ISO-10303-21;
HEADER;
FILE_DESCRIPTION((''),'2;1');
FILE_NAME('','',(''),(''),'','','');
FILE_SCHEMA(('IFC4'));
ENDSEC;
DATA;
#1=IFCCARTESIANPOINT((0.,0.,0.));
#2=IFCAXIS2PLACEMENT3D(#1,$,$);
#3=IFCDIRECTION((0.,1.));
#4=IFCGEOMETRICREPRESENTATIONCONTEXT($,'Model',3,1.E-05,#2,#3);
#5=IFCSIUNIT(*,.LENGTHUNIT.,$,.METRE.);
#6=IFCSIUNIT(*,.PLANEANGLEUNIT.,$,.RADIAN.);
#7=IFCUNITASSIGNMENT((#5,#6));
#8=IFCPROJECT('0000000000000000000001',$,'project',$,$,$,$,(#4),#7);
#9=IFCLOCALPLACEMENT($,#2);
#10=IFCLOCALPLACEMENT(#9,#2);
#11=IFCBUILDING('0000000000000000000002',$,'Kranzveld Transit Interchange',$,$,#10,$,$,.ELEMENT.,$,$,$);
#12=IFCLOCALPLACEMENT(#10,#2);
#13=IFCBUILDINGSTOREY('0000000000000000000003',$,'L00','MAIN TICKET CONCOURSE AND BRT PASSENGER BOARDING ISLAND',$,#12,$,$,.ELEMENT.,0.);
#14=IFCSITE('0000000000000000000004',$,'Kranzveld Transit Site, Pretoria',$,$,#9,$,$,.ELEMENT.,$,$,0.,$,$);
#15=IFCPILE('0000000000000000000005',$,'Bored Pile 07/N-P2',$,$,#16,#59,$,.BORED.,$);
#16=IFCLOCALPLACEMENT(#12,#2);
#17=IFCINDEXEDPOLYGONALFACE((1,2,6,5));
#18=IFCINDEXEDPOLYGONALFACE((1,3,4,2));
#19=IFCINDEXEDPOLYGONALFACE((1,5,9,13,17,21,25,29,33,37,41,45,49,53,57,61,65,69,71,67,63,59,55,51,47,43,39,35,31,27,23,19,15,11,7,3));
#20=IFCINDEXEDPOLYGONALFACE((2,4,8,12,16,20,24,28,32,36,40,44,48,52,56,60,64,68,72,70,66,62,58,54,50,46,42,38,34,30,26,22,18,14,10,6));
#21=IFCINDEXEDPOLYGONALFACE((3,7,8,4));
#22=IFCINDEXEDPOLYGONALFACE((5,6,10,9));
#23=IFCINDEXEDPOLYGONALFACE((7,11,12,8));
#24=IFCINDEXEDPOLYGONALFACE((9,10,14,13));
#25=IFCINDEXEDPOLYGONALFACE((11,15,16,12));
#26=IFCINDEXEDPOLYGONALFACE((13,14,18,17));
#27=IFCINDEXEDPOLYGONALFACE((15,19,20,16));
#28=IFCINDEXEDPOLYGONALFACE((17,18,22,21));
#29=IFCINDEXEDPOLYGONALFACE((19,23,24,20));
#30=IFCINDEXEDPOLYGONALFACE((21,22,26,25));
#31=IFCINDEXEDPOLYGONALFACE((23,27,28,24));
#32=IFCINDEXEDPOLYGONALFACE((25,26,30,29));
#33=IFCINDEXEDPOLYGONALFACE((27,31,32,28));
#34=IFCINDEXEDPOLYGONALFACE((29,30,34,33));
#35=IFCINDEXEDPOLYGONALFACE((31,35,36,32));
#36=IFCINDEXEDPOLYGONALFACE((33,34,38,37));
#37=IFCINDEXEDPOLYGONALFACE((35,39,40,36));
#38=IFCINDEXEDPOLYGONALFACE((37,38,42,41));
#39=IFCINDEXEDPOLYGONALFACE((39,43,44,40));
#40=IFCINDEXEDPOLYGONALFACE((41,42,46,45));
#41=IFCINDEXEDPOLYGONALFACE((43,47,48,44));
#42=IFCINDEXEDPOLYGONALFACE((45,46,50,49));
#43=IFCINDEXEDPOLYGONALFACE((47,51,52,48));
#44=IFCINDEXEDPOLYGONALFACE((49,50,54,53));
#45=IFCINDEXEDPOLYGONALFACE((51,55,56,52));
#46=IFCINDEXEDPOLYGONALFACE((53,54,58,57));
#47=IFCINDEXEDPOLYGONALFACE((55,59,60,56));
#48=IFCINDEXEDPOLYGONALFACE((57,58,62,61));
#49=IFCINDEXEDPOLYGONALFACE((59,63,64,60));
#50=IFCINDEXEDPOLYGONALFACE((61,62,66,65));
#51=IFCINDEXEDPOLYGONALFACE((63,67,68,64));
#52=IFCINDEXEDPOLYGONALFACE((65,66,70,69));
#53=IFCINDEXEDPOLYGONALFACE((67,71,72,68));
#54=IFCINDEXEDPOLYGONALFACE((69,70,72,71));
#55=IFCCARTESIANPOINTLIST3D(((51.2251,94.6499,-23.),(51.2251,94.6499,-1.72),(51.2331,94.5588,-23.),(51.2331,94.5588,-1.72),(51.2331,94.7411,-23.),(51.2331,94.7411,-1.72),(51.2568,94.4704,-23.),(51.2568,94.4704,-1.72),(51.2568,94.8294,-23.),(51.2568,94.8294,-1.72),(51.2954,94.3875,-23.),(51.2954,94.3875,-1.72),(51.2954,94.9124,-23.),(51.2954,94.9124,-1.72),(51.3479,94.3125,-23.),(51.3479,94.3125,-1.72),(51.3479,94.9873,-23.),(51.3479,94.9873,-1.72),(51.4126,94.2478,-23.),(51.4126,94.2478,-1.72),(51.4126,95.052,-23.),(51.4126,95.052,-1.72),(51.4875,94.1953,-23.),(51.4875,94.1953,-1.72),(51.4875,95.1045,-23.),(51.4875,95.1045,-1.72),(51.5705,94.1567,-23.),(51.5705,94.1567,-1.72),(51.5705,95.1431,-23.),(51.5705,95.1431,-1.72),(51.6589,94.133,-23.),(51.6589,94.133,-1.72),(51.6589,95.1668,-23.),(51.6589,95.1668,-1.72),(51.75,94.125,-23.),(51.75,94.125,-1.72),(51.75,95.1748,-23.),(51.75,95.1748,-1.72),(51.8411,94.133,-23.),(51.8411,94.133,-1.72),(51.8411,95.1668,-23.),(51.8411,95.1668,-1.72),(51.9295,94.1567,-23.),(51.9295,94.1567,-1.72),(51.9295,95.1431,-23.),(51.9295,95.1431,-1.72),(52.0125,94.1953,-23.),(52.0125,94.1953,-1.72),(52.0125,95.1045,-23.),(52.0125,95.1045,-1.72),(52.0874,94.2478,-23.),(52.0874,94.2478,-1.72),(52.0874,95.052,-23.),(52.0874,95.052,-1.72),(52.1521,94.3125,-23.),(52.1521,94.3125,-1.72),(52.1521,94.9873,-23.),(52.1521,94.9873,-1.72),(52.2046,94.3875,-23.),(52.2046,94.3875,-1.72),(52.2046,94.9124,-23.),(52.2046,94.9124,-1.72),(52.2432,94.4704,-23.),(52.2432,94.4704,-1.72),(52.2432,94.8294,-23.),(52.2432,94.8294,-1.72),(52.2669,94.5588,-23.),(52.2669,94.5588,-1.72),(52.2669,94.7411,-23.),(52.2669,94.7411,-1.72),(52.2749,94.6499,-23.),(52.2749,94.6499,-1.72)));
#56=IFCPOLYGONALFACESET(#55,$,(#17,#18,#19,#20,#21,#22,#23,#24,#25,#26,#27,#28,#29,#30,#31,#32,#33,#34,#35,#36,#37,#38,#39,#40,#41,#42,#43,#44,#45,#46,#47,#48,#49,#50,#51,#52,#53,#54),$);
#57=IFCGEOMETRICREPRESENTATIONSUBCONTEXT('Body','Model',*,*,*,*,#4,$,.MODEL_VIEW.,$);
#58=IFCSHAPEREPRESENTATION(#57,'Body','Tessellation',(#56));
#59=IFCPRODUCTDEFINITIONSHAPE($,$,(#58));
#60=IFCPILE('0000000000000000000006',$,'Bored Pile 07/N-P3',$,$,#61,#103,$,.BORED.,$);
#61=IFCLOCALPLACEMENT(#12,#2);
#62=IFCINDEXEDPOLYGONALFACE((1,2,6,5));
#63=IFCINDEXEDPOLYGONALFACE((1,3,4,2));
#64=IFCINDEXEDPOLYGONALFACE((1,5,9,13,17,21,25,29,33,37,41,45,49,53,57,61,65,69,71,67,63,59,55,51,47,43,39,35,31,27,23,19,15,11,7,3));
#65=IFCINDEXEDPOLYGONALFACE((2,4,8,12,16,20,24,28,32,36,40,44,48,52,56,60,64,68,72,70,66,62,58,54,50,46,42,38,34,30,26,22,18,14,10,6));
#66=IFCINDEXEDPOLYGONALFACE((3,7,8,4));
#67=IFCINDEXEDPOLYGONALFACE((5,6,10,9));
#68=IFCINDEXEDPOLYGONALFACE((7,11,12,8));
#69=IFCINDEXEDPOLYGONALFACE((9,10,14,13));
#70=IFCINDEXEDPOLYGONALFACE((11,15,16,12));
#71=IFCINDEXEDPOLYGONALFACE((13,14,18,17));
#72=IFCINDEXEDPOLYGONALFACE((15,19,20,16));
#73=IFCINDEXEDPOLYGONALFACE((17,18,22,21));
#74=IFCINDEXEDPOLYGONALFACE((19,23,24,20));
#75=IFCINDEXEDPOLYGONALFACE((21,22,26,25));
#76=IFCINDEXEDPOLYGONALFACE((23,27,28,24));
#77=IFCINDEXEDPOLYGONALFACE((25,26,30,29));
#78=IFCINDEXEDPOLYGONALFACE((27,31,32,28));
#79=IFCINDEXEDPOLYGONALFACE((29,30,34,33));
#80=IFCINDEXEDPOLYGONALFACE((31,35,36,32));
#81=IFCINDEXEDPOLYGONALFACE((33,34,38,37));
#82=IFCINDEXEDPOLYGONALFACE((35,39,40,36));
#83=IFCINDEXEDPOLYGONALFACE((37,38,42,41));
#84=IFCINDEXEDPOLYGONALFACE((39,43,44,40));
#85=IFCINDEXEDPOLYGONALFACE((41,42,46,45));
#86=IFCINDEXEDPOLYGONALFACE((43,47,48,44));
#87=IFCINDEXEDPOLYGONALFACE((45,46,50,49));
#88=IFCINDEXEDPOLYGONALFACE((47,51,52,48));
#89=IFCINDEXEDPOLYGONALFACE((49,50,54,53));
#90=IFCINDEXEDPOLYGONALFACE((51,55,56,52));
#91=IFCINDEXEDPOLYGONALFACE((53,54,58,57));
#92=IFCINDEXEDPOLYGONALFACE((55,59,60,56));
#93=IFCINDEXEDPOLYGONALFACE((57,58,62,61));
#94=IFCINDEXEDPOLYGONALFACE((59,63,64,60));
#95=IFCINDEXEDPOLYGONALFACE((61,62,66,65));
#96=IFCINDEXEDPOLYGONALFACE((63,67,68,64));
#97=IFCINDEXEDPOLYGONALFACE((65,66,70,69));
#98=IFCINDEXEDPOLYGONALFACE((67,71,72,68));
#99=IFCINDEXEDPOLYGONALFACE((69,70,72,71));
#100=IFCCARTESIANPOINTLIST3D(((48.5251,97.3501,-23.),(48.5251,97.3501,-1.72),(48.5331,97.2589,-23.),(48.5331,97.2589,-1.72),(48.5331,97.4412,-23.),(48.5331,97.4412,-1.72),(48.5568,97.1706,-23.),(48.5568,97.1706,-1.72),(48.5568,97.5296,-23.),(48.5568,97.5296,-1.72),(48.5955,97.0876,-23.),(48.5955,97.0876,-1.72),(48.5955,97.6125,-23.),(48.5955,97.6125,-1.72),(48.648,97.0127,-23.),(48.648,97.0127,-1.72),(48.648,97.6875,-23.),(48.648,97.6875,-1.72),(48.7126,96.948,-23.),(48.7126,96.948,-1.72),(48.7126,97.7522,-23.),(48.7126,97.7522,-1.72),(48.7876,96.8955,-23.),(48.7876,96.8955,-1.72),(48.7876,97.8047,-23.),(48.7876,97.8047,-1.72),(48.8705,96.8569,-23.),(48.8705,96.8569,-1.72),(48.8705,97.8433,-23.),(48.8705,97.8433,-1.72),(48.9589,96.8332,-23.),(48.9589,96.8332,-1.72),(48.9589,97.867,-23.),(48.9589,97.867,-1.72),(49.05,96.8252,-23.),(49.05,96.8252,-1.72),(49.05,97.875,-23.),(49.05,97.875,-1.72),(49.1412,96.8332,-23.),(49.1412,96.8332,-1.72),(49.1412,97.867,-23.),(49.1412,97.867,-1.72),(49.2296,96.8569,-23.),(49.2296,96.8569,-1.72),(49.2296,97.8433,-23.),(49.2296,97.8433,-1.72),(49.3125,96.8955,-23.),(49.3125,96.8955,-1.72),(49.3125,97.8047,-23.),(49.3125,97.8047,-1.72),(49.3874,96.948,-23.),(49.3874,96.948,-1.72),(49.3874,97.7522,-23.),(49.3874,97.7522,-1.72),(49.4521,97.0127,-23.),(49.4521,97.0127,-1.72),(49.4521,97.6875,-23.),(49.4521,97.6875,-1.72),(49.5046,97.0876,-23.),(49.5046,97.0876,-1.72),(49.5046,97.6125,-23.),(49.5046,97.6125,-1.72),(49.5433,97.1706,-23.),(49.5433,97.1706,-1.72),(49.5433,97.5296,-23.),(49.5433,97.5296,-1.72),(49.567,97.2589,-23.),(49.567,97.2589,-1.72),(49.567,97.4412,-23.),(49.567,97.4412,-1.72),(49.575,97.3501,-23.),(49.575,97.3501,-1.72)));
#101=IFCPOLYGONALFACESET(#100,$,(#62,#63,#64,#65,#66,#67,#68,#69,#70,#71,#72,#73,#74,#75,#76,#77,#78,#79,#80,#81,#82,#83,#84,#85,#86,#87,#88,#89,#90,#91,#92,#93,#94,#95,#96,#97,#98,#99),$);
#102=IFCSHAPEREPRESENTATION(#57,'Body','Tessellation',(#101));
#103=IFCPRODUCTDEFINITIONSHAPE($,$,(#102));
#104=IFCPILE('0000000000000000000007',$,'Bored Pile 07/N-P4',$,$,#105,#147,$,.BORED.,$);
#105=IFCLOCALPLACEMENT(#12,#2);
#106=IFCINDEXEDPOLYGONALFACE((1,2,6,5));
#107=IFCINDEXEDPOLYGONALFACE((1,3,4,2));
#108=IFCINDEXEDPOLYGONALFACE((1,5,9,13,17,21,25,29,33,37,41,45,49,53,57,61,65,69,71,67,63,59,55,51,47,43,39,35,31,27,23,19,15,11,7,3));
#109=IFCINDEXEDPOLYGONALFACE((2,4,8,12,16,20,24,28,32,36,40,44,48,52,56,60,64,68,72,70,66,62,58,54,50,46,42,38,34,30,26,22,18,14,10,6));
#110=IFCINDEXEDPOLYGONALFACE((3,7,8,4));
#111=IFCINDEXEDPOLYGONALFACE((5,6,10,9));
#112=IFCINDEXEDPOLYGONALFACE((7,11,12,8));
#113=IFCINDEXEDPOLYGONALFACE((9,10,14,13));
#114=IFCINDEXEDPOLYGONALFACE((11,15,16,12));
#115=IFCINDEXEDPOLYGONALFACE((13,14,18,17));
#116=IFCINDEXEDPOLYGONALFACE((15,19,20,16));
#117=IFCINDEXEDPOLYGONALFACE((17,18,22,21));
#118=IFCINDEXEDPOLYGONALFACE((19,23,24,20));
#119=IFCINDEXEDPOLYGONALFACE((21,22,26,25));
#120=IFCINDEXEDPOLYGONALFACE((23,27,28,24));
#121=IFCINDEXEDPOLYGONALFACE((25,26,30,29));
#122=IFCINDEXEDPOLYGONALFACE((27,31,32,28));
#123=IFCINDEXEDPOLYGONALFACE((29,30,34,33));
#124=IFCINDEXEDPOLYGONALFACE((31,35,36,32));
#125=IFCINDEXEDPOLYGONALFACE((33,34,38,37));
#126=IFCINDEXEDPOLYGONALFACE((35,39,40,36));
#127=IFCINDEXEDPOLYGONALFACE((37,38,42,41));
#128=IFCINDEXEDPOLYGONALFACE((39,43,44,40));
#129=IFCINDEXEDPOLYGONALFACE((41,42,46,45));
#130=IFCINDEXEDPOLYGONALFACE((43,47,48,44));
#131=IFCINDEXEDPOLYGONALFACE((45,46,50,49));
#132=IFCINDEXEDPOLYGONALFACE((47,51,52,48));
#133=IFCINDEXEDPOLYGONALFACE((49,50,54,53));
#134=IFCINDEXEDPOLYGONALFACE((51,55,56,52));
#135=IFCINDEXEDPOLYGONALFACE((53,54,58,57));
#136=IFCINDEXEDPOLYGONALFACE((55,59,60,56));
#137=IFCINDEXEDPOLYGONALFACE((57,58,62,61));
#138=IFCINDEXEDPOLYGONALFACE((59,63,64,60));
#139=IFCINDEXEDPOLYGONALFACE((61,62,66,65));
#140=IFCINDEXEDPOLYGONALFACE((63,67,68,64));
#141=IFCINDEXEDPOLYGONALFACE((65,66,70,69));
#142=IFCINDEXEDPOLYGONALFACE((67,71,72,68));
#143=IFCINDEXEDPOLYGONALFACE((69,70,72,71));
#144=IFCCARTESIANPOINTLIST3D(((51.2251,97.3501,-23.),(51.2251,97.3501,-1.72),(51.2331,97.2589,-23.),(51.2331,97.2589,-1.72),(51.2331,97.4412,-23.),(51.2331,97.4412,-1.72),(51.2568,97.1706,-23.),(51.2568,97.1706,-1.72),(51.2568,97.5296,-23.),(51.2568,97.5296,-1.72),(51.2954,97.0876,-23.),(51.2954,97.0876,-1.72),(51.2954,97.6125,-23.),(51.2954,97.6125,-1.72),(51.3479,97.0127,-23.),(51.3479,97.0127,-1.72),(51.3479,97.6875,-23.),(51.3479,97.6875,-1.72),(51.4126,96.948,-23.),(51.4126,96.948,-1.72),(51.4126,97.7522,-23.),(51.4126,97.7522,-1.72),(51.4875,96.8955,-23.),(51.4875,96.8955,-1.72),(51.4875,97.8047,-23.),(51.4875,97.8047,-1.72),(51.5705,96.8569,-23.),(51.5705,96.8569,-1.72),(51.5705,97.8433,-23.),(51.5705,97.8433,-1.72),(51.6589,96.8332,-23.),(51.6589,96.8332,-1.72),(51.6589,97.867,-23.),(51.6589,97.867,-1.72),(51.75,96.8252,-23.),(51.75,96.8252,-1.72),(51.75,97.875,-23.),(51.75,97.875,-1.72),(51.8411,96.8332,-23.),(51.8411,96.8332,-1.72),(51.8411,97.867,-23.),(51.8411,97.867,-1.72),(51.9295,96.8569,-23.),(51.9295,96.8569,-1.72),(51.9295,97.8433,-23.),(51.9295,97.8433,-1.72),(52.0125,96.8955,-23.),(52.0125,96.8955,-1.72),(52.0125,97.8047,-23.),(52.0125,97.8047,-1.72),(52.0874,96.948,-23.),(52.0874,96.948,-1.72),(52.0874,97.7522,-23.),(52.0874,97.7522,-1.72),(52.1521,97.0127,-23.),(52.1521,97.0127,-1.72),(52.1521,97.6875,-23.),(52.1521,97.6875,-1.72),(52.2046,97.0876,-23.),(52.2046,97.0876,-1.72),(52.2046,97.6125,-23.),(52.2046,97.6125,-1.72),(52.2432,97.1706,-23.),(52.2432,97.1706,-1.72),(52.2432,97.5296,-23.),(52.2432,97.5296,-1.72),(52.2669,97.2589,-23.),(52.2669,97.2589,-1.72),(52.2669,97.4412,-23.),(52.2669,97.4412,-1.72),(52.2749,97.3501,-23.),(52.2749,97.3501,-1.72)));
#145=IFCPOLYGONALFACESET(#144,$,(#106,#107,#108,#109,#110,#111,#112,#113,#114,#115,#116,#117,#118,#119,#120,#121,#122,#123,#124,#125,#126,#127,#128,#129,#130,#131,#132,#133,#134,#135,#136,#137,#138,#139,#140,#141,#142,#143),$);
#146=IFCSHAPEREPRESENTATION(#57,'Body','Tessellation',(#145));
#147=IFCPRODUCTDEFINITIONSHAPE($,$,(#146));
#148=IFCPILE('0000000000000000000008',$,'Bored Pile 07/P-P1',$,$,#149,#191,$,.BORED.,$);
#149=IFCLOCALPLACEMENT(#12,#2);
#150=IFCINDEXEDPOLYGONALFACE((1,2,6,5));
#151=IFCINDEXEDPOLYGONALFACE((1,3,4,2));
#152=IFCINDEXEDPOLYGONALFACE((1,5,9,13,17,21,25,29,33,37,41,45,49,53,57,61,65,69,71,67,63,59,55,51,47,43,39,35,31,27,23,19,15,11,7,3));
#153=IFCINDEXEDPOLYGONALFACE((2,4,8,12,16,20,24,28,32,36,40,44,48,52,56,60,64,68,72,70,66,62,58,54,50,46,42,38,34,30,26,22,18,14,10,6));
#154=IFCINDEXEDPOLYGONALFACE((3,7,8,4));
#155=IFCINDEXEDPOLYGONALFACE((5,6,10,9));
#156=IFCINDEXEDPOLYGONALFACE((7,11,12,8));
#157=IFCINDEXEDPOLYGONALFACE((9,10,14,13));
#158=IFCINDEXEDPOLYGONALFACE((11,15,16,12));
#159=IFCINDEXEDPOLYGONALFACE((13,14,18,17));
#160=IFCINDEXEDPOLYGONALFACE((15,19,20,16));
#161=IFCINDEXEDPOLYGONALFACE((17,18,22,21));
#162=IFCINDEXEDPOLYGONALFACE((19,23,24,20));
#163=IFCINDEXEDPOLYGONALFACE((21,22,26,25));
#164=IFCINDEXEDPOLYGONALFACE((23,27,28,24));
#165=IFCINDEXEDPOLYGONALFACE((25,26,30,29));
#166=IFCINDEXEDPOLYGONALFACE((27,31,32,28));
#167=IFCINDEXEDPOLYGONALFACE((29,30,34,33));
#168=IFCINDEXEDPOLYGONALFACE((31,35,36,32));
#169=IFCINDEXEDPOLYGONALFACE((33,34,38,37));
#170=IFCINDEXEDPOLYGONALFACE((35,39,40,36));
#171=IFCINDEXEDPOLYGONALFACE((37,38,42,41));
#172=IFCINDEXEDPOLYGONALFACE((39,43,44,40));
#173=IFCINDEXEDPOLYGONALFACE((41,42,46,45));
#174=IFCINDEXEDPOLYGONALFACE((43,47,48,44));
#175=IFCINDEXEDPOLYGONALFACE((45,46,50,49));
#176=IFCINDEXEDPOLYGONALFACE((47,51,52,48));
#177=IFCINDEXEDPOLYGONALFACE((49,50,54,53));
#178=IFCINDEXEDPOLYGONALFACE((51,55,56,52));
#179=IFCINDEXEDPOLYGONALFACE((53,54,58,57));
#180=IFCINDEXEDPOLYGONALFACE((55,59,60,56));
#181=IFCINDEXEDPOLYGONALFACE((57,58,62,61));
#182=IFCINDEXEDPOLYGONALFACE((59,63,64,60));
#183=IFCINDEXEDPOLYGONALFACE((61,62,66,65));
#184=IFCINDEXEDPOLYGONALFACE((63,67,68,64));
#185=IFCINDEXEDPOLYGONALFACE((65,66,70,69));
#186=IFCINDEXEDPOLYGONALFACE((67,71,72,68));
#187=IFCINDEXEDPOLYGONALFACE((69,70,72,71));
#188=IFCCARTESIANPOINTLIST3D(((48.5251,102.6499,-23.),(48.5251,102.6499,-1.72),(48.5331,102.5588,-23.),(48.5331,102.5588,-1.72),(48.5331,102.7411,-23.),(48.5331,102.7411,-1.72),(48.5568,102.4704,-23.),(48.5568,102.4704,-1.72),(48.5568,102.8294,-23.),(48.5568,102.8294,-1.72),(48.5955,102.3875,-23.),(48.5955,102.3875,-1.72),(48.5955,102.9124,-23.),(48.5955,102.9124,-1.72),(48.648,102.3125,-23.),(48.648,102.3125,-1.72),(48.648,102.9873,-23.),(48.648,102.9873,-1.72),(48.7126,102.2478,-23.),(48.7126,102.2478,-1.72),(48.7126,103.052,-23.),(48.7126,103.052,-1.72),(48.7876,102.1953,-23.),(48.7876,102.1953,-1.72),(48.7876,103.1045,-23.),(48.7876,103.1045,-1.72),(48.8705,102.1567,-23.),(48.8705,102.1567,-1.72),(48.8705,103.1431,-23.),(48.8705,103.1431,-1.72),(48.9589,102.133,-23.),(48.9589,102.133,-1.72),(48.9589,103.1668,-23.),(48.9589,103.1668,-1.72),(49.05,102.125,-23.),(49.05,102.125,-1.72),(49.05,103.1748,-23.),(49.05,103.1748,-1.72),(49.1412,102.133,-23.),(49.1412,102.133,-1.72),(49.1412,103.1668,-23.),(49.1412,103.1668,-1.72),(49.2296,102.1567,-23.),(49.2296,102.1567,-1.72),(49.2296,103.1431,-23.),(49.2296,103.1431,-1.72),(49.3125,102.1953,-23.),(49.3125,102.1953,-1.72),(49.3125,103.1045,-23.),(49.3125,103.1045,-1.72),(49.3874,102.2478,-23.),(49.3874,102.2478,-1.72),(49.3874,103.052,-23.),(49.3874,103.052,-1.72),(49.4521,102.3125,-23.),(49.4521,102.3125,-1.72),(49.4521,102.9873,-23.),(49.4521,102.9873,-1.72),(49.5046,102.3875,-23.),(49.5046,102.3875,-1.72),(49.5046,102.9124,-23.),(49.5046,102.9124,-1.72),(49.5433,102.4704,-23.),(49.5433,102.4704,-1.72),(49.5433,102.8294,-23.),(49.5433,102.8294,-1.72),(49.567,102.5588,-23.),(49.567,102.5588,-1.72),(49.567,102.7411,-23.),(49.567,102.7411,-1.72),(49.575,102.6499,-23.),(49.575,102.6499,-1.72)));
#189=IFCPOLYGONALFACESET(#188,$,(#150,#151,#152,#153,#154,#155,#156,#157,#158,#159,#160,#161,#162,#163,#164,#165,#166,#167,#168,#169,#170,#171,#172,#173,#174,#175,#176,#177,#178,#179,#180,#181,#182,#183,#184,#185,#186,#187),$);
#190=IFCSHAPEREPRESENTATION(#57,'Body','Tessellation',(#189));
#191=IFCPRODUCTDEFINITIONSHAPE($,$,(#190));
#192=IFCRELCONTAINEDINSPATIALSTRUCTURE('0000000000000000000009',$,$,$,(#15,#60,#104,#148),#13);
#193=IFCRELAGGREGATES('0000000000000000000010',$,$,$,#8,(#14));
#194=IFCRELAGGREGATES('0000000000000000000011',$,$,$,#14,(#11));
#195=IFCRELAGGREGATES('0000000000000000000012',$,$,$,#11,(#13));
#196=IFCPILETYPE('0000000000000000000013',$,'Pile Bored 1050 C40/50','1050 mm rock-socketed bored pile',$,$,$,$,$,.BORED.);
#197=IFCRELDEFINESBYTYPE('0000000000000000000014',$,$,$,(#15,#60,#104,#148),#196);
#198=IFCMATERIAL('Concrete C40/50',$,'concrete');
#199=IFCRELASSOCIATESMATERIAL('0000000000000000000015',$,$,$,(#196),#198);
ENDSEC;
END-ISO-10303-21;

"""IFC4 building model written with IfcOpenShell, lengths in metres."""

from ifc_helpers import new_model, si_unit, direction, frame, origin, origin_2d, place, context, subcontext, project, spatial, circle, extrude, material, material_profile, profile_set, type_object, element, save


model = new_model("IFC4")

# Units and contexts
model_context = context("Model", 3, precision=1e-05, world=origin(), true_north=direction((0.0, 1.0)))
body_context = subcontext(model_context, "Body", "Model", "MODEL_VIEW")
ifc_project = project(units=[si_unit("LENGTHUNIT", "METRE"), si_unit("PLANEANGLEUNIT", "RADIAN")], contexts=[model_context])

# Site, building, storey
site_placement = place(None, origin())
site = spatial("IfcSite", under=ifc_project, at=site_placement, Name="Kranzveld Transit Site, Pretoria", CompositionType="ELEMENT", RefElevation=0.0)
building_placement = place(site_placement, origin())
building = spatial("IfcBuilding", under=site, at=building_placement, Name="Kranzveld Transit Interchange", CompositionType="ELEMENT")
storey_placement = place(building_placement, origin())
storey = spatial("IfcBuildingStorey", under=building, at=storey_placement, Name="L00", Description="MAIN TICKET CONCOURSE AND BRT PASSENGER BOARDING ISLAND", CompositionType="ELEMENT", Elevation=0.0)

# Piles
ifc_material_1 = material(Name="Concrete C40/50", Category="concrete")
ifc_material_profile_1 = material_profile(ifc_material_1, circle(Radius=0.5249, at=origin_2d()), Name="BORED PILE 1050")
ifc_profile_set_1 = profile_set([ifc_material_profile_1], Name="Concrete C40/50")
pile_type = type_object("IfcPileType", Name="Pile Bored 1050 C40/50", Description="1050 mm rock-socketed bored pile", PredefinedType="BORED", material=ifc_profile_set_1)
for number, where, z_axis, x_axis, name in (
    (1, (51.75, 94.6499, -1.72), (0.0, 0.0, -1.0), (1.0, 0.0, 0.0), "Bored Pile 07/N-P2"),
    (2, (49.05, 97.3501, -1.72), (0.0, 0.0, -1.0), (1.0, 0.0, 0.0), "Bored Pile 07/N-P3"),
    (3, (51.75, 97.3501, -1.72), (0.0, 0.0, -1.0), (1.0, 0.0, 0.0), "Bored Pile 07/N-P4"),
    (4, (49.05, 102.6499, -1.72), (0.0, 0.0, -1.0), (1.0, 0.0, 0.0), "Bored Pile 07/P-P1"),
):
    element("IfcPile", number, at=place(storey_placement, frame(where, z_axis=z_axis, x_axis=x_axis)), inside=storey, type_object=pile_type, Name=name, PredefinedType="BORED", context=body_context, shape_type="SweptSolid", body=[
        extrude(circle(Radius=0.5249, at=origin_2d()), origin(), (0.0, 0.0, 1.0), 21.28),
    ])

save(model, "model.ifc")
